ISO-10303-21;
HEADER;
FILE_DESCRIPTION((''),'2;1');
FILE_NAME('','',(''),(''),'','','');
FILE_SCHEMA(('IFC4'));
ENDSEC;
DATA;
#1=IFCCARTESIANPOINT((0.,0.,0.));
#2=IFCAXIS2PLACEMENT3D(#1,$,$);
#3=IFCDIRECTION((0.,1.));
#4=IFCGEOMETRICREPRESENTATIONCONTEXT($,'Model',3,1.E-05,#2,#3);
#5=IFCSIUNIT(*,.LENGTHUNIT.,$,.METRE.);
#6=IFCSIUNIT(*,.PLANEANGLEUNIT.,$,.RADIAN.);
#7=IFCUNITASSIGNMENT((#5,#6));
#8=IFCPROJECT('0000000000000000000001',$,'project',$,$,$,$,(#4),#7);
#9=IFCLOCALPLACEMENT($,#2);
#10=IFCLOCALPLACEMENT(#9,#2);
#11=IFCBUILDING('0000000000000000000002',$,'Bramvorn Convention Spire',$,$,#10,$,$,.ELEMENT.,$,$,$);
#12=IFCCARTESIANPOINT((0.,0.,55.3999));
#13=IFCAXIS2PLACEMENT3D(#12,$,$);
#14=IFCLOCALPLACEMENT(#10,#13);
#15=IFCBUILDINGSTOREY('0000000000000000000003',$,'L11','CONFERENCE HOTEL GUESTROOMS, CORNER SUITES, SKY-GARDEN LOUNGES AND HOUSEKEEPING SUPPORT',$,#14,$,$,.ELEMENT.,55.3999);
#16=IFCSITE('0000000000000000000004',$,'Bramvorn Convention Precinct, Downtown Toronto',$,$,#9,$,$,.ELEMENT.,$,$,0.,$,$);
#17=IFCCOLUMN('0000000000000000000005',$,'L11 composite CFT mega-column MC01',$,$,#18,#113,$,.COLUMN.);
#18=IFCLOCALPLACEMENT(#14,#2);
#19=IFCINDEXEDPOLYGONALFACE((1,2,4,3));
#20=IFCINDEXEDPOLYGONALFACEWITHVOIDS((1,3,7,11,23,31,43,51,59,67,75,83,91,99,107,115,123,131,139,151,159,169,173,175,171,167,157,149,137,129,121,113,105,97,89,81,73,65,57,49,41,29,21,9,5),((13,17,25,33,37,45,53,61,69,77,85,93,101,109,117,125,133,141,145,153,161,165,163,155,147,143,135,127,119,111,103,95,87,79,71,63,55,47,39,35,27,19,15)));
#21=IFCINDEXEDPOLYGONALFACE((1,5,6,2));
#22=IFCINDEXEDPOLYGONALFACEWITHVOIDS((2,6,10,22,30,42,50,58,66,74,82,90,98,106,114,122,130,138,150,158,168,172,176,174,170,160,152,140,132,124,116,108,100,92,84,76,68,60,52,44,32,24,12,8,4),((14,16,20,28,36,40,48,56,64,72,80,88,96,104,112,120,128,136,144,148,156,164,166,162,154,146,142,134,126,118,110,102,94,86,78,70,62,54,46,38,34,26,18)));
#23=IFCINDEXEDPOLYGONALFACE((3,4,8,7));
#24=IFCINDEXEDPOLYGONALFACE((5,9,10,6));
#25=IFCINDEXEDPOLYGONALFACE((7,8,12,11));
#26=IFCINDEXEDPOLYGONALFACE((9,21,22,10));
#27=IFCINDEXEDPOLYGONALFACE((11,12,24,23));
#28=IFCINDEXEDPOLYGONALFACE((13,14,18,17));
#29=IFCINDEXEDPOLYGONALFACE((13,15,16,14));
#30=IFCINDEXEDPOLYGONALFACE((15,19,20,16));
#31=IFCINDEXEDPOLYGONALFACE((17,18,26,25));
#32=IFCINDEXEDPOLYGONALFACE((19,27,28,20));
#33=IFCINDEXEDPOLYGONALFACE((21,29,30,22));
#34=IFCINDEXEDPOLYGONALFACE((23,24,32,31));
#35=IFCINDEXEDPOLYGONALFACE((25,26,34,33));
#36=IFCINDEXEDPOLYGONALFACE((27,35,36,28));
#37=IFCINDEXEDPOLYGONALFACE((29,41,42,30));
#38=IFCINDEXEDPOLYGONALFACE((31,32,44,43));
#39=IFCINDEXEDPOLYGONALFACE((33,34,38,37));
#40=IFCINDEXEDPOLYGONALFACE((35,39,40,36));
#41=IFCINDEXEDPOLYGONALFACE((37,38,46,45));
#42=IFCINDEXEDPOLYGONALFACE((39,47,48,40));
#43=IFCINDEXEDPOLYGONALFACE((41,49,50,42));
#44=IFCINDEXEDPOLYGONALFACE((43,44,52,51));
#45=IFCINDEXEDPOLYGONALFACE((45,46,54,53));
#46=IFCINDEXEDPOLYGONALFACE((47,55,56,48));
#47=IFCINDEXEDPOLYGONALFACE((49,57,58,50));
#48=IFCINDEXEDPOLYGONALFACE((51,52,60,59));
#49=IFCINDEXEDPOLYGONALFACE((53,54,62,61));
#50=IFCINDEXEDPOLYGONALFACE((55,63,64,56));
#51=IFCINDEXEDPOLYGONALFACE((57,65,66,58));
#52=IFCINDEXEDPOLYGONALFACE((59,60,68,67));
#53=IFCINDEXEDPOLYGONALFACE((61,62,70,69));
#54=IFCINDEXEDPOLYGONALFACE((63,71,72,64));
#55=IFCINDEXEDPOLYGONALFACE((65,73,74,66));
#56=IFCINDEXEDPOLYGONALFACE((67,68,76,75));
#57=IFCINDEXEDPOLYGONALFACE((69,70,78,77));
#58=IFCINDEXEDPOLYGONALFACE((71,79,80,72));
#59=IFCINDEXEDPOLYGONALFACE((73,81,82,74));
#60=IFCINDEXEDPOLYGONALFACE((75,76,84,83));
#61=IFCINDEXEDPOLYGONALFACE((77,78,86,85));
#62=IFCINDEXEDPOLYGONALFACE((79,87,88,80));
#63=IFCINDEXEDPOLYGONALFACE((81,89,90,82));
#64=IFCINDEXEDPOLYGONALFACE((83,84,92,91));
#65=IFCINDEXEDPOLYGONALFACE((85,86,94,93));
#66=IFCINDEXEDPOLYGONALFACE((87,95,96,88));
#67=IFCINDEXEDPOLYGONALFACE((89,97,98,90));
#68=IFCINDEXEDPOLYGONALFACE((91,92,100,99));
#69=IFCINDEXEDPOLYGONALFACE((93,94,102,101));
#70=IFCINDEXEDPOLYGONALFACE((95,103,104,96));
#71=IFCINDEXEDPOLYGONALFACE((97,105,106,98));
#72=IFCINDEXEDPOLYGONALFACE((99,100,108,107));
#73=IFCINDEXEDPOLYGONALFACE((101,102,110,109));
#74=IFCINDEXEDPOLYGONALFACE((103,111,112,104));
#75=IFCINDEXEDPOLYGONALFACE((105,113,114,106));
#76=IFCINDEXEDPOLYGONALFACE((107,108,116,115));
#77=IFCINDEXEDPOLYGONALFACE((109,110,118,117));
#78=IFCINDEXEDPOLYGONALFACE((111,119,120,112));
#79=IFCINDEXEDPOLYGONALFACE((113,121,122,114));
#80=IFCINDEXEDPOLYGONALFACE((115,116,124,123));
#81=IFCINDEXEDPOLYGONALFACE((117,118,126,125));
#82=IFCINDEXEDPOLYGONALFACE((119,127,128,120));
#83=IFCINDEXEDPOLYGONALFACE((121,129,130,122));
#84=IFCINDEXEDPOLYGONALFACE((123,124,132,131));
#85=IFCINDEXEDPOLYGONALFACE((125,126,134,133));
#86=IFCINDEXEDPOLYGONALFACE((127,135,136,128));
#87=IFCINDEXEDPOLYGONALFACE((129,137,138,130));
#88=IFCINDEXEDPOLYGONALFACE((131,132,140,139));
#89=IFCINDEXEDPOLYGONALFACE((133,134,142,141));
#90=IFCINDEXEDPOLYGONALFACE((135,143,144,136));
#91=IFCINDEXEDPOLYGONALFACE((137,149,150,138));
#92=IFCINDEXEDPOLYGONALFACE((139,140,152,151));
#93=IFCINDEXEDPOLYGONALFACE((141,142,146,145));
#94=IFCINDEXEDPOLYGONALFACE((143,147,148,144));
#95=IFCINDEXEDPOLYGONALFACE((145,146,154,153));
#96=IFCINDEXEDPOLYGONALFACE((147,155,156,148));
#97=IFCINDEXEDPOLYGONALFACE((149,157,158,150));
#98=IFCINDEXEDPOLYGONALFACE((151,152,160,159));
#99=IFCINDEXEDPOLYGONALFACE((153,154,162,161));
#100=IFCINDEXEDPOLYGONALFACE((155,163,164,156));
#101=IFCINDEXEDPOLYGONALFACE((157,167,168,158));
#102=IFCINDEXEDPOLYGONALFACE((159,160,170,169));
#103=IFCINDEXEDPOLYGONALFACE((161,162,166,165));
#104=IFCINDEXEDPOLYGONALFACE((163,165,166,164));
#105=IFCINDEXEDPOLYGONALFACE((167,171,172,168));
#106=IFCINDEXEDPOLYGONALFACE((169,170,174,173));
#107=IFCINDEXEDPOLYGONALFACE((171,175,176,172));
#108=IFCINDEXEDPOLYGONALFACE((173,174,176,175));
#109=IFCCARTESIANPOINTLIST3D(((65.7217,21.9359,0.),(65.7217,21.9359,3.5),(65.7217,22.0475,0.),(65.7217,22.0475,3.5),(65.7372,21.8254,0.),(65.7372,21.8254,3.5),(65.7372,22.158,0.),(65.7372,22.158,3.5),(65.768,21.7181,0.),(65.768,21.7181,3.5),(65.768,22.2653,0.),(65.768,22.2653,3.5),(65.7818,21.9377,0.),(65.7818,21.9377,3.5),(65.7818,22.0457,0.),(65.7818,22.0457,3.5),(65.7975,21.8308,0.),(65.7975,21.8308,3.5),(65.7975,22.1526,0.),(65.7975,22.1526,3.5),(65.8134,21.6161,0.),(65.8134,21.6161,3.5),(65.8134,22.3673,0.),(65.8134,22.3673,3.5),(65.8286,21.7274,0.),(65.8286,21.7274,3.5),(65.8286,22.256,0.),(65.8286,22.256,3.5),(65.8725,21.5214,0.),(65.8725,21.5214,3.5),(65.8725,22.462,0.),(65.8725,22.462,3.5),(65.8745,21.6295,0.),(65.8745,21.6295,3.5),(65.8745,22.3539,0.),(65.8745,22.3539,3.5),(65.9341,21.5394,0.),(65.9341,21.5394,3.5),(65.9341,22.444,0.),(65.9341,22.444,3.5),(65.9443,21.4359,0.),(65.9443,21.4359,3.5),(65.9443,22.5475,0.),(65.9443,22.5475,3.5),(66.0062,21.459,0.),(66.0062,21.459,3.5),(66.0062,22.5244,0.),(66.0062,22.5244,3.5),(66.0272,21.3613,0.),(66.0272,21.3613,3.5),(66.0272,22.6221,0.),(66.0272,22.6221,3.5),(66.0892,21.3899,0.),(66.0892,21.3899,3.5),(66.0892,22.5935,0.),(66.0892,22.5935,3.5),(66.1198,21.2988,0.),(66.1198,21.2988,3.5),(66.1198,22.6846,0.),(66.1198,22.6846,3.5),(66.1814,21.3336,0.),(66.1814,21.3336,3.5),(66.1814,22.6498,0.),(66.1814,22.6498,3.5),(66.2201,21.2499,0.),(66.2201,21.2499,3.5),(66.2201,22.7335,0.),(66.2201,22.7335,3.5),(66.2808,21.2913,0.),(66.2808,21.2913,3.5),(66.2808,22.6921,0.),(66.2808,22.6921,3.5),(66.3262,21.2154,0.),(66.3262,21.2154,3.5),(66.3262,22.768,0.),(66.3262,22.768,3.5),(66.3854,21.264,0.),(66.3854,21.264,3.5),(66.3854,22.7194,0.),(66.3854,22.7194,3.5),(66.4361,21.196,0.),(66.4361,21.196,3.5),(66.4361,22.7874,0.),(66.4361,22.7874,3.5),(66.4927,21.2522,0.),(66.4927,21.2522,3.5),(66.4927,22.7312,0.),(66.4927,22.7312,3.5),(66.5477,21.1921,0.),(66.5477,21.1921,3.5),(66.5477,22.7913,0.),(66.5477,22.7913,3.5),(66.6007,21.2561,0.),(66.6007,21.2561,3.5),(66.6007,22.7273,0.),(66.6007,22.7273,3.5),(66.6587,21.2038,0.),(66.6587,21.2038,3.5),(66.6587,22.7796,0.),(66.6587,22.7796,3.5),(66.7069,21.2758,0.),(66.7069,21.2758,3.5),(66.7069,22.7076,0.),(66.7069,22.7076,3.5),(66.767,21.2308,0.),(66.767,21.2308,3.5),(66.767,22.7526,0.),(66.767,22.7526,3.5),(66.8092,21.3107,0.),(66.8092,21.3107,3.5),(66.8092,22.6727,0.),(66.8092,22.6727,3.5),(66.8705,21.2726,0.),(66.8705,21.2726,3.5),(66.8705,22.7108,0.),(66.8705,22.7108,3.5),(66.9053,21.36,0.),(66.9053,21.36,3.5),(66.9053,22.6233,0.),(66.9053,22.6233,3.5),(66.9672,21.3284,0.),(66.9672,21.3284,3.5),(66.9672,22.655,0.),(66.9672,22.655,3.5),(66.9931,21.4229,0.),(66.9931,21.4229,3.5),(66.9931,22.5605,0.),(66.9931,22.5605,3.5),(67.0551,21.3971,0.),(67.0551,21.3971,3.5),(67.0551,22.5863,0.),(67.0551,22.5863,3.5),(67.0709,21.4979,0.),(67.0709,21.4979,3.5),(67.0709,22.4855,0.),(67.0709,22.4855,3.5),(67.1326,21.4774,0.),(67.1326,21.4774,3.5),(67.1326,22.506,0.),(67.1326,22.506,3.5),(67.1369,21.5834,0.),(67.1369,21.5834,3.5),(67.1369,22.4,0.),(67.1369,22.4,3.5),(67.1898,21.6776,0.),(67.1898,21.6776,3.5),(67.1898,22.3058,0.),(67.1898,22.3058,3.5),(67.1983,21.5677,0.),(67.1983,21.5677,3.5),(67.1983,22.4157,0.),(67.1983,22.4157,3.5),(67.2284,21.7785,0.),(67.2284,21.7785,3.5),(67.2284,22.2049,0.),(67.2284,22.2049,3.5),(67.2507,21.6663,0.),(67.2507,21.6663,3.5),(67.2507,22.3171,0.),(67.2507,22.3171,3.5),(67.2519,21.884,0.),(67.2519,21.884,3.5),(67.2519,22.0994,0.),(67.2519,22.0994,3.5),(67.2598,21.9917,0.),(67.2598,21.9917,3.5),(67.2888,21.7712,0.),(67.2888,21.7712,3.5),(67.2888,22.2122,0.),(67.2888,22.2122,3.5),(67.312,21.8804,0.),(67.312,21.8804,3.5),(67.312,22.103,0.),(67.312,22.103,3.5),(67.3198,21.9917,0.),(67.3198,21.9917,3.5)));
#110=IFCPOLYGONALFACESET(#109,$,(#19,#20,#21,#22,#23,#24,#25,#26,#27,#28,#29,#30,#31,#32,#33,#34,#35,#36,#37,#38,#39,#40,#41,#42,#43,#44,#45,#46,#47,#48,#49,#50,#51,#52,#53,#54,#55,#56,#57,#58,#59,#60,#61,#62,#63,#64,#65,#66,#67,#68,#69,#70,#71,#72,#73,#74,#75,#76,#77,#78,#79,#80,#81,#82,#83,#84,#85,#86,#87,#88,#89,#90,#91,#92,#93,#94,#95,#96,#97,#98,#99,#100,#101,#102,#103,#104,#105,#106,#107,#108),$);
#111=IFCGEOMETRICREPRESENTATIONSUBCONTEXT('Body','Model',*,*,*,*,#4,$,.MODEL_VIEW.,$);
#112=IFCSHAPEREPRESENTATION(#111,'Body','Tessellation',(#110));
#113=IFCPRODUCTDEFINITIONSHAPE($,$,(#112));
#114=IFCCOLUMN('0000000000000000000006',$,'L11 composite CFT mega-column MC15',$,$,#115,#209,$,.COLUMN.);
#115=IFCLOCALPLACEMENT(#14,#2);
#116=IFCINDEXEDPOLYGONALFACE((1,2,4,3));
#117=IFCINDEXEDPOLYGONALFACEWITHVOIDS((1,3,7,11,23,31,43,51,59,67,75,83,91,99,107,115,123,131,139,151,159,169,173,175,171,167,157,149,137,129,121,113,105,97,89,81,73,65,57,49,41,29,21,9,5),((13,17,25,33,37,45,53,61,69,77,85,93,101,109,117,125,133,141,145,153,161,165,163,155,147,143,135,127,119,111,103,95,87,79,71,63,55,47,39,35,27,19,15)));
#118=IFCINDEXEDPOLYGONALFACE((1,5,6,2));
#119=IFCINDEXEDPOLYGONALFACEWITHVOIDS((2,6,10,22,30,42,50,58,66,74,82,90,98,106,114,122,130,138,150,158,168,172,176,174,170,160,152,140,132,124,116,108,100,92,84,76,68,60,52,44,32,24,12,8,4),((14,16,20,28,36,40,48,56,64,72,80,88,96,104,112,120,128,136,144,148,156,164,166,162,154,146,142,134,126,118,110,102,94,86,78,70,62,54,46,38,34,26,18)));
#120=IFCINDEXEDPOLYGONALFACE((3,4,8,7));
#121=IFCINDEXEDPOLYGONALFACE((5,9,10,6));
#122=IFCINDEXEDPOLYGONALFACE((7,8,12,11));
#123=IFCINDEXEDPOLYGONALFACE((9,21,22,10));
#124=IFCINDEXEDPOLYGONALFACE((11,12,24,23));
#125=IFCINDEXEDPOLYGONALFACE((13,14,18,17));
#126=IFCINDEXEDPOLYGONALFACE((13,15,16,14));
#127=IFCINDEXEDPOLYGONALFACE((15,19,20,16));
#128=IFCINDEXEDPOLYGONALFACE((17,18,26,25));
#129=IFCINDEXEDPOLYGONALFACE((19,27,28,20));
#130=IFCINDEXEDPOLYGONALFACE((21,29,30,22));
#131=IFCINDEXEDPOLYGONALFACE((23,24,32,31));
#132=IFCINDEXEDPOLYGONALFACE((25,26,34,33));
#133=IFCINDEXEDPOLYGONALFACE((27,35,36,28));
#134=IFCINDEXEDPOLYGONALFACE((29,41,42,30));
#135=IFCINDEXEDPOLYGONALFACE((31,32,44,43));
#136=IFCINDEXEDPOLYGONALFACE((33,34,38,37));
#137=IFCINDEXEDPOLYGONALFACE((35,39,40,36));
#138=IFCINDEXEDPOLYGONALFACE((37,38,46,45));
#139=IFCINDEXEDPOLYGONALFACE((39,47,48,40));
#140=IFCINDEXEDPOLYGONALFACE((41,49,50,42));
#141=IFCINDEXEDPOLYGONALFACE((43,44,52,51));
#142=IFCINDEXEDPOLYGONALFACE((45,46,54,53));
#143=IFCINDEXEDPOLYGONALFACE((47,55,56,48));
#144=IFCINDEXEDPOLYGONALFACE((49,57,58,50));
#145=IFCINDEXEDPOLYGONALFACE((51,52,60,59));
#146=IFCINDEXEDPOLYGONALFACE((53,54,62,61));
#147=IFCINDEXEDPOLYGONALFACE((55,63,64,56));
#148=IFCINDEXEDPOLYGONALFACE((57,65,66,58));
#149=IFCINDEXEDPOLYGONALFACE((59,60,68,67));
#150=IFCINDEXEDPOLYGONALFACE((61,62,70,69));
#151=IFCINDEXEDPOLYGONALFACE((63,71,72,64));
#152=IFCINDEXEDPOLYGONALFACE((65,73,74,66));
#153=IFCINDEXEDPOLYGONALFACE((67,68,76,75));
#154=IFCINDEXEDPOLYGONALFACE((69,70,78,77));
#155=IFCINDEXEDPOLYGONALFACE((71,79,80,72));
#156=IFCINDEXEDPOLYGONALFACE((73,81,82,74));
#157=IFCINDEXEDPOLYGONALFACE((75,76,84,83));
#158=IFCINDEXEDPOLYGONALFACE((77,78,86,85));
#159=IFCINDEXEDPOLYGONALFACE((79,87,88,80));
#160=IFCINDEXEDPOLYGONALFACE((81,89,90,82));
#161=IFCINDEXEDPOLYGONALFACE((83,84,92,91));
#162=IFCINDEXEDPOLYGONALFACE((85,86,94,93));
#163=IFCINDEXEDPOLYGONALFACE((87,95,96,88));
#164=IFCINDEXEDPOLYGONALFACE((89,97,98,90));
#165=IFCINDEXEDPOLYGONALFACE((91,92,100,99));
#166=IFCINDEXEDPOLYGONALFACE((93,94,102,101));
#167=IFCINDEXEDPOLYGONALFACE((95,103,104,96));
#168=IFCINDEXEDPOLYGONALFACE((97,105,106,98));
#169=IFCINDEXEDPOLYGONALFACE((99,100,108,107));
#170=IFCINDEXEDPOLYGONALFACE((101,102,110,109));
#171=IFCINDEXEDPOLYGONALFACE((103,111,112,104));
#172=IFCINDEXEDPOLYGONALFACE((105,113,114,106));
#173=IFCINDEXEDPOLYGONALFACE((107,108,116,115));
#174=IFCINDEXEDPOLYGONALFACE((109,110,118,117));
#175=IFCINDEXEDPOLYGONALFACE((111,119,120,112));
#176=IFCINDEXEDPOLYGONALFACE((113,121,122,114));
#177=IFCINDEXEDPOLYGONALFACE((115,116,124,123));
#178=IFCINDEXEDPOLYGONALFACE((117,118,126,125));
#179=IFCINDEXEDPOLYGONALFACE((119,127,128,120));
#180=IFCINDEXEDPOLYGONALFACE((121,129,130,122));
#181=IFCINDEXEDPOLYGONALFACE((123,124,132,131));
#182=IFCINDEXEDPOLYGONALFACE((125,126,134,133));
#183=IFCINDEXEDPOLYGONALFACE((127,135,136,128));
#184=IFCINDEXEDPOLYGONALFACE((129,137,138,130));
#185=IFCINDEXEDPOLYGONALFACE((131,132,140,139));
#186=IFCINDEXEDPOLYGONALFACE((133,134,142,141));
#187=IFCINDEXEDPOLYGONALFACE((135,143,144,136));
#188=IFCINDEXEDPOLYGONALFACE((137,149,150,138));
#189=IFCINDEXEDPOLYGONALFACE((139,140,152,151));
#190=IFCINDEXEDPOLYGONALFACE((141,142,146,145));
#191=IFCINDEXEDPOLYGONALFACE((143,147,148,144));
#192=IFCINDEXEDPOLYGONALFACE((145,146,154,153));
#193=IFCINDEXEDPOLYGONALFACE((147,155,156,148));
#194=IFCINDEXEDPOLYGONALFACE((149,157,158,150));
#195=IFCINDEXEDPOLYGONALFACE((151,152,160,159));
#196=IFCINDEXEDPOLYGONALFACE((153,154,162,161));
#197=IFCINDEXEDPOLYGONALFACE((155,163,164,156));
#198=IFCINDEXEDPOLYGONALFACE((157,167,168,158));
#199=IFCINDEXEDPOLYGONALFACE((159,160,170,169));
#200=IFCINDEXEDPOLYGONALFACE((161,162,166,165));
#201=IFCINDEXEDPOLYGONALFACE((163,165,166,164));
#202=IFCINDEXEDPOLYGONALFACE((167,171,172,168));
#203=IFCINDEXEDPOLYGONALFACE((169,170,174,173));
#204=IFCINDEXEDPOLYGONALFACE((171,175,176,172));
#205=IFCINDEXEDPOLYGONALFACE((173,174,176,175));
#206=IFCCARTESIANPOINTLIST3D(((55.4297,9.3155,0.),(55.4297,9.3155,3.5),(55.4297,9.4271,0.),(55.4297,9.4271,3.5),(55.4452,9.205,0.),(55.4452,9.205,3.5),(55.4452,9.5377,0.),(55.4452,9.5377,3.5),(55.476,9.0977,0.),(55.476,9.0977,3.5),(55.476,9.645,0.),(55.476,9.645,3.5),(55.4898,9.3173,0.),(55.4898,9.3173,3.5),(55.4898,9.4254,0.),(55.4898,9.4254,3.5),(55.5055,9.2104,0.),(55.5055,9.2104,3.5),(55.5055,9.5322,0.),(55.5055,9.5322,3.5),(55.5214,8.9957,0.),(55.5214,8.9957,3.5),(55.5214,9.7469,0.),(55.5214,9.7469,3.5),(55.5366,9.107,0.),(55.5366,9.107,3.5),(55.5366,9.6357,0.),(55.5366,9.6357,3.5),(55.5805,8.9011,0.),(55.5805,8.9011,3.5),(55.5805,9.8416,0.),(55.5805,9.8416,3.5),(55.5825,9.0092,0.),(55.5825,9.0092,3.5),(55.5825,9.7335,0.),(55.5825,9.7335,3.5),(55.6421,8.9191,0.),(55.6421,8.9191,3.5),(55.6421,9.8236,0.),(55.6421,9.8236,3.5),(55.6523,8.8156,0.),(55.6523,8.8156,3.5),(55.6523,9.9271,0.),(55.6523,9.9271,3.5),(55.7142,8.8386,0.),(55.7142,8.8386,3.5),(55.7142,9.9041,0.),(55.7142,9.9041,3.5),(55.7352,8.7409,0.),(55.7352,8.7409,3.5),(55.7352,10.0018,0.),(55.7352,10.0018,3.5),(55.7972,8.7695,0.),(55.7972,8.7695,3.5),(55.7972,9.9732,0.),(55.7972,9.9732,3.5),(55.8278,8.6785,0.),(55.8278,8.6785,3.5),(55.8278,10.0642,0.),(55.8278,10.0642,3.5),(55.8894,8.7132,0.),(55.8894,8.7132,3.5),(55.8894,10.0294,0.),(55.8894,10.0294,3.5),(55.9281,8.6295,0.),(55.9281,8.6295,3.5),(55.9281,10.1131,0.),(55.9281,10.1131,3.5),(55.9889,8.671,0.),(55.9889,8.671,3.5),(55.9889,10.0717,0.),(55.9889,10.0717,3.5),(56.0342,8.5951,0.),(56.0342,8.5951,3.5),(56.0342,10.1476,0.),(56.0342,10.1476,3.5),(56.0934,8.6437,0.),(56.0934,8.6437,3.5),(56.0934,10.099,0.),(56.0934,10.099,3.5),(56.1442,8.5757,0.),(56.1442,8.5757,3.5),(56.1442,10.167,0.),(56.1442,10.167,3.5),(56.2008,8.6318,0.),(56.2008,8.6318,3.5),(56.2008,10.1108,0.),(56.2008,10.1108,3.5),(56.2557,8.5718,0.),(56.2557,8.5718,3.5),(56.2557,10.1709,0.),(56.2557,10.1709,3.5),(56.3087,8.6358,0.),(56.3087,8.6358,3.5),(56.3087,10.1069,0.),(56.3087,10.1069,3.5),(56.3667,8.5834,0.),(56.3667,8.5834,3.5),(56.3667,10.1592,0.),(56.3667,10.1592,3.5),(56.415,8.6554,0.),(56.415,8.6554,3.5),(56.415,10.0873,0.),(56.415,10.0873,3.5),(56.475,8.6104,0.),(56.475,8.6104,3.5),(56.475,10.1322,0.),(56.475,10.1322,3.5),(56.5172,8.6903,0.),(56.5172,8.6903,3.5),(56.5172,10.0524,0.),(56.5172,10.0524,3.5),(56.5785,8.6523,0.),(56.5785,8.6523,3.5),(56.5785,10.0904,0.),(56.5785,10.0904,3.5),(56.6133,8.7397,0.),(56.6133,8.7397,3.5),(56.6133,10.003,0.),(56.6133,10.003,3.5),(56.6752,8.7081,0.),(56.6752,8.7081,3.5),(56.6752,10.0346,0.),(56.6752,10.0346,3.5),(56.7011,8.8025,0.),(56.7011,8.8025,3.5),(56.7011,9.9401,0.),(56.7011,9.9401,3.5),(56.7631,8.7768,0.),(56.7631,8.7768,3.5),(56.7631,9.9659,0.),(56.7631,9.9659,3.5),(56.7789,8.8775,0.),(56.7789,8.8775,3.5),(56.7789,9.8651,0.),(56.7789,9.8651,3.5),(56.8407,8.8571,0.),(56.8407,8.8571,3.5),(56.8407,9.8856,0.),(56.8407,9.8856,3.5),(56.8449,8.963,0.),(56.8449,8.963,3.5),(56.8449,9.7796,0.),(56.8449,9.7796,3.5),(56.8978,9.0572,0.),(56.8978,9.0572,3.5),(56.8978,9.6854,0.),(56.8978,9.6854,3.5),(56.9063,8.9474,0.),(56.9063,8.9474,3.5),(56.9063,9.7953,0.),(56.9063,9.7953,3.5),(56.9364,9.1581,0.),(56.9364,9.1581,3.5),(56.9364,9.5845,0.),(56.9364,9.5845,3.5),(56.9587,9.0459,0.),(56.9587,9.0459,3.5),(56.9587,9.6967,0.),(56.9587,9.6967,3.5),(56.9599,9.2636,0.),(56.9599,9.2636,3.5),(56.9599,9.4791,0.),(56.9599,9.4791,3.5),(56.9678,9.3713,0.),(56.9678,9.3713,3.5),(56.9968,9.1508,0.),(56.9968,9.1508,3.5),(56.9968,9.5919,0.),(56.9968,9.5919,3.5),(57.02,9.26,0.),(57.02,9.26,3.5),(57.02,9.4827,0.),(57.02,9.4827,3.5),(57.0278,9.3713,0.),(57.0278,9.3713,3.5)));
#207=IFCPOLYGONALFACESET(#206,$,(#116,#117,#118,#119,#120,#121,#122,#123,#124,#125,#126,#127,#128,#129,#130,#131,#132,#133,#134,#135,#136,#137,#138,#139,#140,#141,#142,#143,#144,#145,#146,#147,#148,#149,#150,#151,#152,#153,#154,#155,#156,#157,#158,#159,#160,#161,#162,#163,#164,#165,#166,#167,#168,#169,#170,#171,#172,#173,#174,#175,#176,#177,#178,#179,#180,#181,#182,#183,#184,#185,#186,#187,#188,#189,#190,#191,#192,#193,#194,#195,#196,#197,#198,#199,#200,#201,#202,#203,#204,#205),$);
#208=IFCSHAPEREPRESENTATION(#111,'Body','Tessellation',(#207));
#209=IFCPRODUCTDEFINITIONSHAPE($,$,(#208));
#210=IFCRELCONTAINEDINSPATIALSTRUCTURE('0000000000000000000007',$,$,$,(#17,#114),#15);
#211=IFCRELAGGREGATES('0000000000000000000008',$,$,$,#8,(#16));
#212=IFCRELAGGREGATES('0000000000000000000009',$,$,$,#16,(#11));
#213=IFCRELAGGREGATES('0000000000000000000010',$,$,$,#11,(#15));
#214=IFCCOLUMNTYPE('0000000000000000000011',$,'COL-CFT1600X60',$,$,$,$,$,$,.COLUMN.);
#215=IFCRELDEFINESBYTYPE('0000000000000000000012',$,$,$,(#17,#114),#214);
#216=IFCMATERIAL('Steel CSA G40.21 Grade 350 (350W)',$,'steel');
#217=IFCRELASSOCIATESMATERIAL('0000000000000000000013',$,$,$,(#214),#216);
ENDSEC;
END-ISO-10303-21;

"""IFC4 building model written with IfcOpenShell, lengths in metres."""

from ifc_helpers import new_model, si_unit, direction, frame, origin, origin_2d, place, context, subcontext, project, spatial, hollow_circle, extrude, material, material_profile, profile_set, type_object, element, save


model = new_model("IFC4")

# Units and contexts
model_context = context("Model", 3, precision=1e-05, world=origin(), true_north=direction((0.0, 1.0)))
body_context = subcontext(model_context, "Body", "Model", "MODEL_VIEW")
ifc_project = project(units=[si_unit("LENGTHUNIT", "METRE"), si_unit("PLANEANGLEUNIT", "RADIAN")], contexts=[model_context])

# Site, building, storey
site_placement = place(None, origin())
site = spatial("IfcSite", under=ifc_project, at=site_placement, Name="Bramvorn Convention Precinct, Downtown Toronto", CompositionType="ELEMENT", RefElevation=0.0)
building_placement = place(site_placement, origin())
building = spatial("IfcBuilding", under=site, at=building_placement, Name="Bramvorn Convention Spire", CompositionType="ELEMENT")
storey_placement = place(building_placement, frame((0.0, 0.0, 55.3999)))
storey = spatial("IfcBuildingStorey", under=building, at=storey_placement, Name="L11", Description="CONFERENCE HOTEL GUESTROOMS, CORNER SUITES, SKY-GARDEN LOUNGES AND HOUSEKEEPING SUPPORT", CompositionType="ELEMENT", Elevation=55.3999)

# Columns
ifc_material_1 = material(Name="Steel CSA G40.21 Grade 350 (350W)", Category="steel")
ifc_material_profile_1 = material_profile(ifc_material_1, hollow_circle(Radius=0.8, WallThickness=0.0601, at=origin_2d()))
ifc_profile_set_1 = profile_set([ifc_material_profile_1], Name="Steel CSA G40.21 Grade 350 (350W) - CFT1600X60")
column_type = type_object("IfcColumnType", Name="COL-CFT1600X60", PredefinedType="COLUMN", material=ifc_profile_set_1)
for number, where, z_axis, x_axis, name in (
    (1, (66.5198, 21.9917, 0.0), (0.0, 0.0, 1.0), (1.0, 0.0, 0.0), "L11 composite CFT mega-column MC01"),
    (2, (56.2278, 9.3713, 0.0), (0.0, 0.0, 1.0), (1.0, 0.0, 0.0), "L11 composite CFT mega-column MC15"),
):
    element("IfcColumn", number, at=place(storey_placement, frame(where, z_axis=z_axis, x_axis=x_axis)), inside=storey, type_object=column_type, Name=name, PredefinedType="COLUMN", context=body_context, shape_type="SweptSolid", body=[
        extrude(hollow_circle(Radius=0.8, WallThickness=0.0601, at=origin_2d()), origin(), (0.0, 0.0, 1.0), 3.5),
    ])

save(model, "model.ifc")
